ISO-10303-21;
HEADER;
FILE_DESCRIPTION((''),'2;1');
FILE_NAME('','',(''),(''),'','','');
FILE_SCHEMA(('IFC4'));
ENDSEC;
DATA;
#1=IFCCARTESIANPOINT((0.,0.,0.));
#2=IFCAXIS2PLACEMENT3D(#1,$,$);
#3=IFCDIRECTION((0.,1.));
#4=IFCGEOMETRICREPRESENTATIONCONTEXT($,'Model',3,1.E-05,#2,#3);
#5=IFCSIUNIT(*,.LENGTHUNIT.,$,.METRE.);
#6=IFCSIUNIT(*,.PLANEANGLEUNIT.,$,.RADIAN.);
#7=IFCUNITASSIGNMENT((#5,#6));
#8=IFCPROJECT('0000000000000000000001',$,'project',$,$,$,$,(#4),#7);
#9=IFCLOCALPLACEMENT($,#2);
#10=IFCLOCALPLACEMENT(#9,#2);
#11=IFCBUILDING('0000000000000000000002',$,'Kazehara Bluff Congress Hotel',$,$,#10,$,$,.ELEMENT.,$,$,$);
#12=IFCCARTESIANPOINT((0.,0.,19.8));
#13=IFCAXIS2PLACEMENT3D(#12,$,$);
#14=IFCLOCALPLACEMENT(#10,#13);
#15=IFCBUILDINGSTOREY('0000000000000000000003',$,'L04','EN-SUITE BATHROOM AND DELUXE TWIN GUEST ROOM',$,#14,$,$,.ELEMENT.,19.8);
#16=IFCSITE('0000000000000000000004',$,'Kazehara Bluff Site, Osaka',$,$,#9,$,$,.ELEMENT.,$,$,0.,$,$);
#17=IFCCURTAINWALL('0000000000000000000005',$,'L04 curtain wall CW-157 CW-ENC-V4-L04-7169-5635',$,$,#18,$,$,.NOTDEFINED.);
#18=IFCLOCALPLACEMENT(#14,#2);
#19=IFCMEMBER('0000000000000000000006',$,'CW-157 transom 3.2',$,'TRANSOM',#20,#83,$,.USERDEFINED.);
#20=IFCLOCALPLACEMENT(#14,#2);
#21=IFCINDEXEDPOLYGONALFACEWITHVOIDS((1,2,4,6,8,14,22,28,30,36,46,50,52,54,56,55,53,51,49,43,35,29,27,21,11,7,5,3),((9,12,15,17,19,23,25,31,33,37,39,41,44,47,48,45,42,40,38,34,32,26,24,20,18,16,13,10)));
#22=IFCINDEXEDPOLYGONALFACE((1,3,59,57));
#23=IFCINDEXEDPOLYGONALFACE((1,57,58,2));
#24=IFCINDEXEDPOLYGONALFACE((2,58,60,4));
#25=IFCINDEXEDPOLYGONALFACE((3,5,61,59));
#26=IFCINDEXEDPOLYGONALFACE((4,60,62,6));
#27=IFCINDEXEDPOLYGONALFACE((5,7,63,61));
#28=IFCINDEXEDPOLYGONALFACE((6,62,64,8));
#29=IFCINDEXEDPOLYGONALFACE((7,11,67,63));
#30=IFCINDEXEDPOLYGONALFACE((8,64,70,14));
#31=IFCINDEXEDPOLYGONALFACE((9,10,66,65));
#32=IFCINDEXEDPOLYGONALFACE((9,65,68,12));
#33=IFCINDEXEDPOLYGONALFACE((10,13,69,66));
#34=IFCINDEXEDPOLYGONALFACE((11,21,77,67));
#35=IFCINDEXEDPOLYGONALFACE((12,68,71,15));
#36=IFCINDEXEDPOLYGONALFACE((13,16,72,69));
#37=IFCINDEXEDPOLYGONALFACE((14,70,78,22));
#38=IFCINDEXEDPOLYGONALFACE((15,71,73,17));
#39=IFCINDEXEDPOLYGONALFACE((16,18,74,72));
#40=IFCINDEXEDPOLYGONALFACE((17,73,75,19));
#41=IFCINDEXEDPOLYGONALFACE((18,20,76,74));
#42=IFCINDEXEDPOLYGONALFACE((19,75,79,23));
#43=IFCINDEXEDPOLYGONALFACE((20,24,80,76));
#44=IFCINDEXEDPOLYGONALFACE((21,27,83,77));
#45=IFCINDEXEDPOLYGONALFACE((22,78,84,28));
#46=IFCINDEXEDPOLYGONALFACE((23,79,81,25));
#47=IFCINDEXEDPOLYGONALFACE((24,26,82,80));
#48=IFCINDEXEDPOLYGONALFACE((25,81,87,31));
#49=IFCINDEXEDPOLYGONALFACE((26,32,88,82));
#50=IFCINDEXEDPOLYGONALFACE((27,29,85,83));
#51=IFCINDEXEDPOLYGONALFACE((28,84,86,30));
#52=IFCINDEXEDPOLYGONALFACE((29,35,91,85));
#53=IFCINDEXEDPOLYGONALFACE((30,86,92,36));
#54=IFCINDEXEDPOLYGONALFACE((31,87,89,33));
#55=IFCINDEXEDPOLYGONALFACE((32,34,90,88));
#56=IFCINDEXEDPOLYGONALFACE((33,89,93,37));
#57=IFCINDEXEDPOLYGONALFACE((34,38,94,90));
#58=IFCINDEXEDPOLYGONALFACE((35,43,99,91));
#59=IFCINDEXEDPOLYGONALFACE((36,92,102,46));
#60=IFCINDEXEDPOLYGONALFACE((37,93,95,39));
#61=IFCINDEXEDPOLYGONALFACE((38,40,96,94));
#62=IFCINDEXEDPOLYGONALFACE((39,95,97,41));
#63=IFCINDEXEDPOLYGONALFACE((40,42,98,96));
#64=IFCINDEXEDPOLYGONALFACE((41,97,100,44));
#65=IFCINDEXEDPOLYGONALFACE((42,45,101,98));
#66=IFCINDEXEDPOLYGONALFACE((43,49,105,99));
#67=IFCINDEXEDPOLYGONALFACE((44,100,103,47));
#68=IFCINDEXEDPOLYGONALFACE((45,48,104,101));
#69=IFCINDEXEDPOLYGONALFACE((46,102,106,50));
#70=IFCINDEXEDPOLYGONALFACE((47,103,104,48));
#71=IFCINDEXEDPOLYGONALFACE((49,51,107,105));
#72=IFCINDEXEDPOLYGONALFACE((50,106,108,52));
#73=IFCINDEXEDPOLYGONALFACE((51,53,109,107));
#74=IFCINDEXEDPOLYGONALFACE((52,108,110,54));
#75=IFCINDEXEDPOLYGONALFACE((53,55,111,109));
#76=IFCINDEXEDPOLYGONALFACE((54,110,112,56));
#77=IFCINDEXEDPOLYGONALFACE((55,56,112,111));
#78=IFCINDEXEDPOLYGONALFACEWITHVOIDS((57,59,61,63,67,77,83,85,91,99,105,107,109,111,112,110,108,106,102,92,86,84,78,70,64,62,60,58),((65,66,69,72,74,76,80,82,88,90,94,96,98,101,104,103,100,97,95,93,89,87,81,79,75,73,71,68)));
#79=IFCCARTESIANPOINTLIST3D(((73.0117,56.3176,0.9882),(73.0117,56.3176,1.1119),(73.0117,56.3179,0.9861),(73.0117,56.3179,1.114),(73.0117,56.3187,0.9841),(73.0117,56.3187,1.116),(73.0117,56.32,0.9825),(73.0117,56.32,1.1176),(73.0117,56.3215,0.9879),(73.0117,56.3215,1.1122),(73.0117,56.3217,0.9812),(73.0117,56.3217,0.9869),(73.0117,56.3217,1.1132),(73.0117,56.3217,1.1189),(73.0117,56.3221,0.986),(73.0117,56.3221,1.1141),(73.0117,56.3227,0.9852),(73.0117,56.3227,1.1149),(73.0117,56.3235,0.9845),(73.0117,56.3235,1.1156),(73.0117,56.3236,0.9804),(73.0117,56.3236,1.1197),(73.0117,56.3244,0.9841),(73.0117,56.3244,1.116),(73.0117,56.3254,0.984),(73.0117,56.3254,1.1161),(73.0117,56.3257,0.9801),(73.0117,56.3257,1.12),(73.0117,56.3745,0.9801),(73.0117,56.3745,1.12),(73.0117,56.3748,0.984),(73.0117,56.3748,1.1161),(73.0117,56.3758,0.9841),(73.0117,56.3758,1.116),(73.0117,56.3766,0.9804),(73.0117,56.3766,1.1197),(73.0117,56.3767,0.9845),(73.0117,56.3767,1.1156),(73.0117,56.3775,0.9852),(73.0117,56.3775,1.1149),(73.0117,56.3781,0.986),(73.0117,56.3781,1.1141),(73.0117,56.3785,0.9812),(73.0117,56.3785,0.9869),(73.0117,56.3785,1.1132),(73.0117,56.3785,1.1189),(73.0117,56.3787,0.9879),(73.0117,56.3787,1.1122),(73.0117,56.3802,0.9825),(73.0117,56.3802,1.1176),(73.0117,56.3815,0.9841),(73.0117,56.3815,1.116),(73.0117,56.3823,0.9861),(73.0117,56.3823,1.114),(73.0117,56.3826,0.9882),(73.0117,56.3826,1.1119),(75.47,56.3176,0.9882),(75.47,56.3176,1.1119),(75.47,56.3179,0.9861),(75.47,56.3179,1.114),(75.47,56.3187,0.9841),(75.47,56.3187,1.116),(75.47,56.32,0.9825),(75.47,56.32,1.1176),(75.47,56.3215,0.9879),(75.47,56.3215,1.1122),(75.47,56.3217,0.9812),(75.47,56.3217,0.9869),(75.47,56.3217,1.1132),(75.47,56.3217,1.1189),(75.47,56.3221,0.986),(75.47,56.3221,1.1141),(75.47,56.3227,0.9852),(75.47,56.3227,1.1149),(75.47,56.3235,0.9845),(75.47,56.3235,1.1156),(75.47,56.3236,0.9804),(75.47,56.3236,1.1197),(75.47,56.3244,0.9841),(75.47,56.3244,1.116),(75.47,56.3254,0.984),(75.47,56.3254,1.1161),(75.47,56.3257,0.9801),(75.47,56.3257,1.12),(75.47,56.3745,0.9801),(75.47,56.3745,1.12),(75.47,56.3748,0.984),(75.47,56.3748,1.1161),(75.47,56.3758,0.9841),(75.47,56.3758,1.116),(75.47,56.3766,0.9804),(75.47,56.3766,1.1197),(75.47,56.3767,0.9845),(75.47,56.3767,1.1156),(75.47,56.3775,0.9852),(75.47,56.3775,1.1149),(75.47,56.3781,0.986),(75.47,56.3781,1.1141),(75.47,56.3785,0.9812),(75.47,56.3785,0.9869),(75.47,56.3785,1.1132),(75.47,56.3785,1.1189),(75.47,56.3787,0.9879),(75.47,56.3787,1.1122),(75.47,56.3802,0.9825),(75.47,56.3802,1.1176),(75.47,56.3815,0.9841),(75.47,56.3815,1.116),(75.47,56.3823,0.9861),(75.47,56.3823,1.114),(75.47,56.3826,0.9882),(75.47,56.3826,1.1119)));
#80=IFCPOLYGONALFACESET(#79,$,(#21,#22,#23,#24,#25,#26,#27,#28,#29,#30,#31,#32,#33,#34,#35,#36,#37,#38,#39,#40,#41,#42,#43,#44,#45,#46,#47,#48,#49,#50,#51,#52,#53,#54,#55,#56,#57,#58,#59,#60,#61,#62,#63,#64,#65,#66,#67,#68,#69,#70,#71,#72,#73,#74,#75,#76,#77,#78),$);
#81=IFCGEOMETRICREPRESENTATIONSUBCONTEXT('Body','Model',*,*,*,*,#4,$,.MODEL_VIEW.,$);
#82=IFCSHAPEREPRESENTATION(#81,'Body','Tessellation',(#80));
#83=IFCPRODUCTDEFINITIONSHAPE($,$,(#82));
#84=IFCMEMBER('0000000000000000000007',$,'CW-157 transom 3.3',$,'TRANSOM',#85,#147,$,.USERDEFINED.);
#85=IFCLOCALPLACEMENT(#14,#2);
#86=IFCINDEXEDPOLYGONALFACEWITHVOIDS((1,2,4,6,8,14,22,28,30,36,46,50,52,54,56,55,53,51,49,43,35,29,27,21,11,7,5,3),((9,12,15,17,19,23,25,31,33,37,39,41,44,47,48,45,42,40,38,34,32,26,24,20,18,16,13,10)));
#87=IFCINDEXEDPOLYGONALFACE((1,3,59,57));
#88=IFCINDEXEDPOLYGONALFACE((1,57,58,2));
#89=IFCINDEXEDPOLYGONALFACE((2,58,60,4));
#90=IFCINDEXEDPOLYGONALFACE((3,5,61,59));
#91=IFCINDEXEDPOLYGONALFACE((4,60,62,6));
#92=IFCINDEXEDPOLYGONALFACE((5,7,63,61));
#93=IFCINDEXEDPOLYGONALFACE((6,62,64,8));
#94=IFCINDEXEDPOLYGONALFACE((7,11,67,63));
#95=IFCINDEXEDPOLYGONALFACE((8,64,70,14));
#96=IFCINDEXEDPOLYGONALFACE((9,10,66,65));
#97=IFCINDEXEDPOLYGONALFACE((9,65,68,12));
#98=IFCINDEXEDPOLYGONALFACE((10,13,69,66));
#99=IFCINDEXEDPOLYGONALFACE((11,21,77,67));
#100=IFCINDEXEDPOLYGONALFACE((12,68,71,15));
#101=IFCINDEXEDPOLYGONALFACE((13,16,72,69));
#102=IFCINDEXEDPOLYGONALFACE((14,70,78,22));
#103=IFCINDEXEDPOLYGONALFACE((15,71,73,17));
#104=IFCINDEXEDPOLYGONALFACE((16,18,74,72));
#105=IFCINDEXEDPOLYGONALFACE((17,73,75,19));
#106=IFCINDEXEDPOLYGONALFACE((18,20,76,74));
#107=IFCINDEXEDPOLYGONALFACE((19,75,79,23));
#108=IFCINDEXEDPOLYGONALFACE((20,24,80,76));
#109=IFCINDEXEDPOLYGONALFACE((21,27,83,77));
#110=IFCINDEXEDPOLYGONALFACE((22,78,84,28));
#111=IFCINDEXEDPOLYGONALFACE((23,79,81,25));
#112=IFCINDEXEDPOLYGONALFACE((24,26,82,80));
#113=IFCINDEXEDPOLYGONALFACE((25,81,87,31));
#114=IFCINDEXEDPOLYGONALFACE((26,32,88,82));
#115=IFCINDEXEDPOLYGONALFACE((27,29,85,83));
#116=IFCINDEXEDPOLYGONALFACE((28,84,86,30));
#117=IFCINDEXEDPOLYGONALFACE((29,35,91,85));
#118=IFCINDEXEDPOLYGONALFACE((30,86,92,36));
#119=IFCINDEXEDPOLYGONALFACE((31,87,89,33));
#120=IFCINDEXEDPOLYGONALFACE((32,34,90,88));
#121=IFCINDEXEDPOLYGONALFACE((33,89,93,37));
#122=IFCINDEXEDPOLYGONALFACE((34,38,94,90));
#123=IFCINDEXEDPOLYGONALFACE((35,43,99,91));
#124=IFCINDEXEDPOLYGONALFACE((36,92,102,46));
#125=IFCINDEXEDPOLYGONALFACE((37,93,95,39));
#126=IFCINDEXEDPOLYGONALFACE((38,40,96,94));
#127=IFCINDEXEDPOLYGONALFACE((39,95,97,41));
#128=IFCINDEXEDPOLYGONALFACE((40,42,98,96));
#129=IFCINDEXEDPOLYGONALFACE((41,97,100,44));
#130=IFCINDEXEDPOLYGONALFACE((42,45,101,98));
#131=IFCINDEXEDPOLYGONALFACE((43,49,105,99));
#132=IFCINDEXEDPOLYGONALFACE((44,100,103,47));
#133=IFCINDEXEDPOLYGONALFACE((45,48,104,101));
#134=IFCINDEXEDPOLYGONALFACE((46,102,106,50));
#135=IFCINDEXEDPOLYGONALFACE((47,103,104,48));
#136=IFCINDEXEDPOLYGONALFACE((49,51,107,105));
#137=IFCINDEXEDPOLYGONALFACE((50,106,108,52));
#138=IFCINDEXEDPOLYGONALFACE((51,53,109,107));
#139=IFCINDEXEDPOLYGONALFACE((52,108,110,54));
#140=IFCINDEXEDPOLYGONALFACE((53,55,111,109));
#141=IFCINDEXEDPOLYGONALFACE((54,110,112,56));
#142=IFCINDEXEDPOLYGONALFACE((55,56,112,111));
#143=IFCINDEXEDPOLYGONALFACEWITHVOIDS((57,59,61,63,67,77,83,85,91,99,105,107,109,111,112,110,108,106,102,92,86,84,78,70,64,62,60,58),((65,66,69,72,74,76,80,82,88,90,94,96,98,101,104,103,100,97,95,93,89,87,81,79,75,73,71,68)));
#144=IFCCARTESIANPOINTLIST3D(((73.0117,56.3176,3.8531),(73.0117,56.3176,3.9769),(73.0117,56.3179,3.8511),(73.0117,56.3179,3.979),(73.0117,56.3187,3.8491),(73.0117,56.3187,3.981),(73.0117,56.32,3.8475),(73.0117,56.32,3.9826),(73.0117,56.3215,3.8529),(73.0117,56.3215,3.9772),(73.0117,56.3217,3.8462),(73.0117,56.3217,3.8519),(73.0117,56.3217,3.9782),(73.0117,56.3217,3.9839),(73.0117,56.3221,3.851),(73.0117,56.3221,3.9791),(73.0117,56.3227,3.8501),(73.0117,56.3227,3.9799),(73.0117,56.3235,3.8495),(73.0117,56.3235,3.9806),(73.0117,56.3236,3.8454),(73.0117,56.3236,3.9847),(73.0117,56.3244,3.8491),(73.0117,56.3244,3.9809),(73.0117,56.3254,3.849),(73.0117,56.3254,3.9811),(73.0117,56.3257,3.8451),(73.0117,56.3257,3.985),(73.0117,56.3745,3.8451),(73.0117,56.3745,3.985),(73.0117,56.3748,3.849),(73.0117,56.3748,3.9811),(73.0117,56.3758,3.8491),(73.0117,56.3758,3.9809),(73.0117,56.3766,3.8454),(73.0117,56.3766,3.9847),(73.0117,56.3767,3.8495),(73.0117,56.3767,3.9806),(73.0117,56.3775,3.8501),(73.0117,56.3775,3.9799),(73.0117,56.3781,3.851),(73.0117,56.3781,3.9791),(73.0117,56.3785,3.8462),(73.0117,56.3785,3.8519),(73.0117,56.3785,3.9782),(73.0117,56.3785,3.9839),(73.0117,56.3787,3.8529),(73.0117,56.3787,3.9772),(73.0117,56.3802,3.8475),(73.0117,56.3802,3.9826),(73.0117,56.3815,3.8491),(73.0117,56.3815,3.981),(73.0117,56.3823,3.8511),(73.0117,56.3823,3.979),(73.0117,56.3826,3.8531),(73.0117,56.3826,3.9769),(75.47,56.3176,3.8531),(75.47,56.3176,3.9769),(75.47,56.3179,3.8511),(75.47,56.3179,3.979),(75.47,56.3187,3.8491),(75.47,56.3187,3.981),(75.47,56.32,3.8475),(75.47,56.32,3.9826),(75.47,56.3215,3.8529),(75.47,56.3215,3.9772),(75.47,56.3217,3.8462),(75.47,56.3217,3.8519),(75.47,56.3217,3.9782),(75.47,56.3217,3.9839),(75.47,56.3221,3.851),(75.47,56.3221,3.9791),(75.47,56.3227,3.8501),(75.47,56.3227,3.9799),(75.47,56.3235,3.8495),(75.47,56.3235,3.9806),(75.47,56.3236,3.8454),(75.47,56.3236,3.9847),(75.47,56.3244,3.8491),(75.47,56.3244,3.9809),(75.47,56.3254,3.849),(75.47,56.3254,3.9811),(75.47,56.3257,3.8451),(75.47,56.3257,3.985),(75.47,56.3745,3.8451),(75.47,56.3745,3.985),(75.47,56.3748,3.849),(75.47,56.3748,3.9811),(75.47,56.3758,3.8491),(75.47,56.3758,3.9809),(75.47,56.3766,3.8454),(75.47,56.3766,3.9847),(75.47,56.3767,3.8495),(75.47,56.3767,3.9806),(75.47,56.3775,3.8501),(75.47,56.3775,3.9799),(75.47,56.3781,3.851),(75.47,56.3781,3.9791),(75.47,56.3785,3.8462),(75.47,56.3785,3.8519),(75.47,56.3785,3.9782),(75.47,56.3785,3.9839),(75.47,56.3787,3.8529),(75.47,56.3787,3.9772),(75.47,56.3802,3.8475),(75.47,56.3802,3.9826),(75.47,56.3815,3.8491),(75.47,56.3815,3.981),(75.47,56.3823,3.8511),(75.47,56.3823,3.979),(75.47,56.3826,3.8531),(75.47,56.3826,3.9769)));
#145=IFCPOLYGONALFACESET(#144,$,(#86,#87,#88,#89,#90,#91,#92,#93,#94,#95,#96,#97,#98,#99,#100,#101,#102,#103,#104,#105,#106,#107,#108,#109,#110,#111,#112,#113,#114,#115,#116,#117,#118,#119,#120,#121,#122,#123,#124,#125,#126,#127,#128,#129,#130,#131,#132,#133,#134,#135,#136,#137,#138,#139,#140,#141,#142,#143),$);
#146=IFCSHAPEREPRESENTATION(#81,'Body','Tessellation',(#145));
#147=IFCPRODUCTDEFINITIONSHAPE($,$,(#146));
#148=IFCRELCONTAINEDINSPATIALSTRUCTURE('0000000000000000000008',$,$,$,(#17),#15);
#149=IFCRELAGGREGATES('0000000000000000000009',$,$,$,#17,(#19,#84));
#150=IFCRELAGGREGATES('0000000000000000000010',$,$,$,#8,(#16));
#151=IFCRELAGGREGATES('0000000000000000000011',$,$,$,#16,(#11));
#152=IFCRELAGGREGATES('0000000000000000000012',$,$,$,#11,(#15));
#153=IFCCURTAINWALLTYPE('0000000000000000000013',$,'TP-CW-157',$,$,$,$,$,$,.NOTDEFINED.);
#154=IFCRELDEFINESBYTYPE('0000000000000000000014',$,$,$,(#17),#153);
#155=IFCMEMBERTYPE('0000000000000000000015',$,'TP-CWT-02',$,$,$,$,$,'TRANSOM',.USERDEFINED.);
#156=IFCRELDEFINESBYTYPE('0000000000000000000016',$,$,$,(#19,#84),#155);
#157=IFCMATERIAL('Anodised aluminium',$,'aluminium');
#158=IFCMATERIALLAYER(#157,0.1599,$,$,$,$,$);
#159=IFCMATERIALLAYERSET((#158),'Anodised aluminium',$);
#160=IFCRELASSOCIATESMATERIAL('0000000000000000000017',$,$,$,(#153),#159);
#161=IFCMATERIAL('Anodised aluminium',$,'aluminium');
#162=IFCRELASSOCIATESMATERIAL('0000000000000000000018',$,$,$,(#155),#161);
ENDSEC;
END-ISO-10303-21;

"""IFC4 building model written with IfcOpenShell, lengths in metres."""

from ifc_helpers import new_model, si_unit, direction, frame, origin, origin_2d, place, context, subcontext, project, spatial, hollow_rectangle, extrude, material, layer, layer_set, material_profile, profile_set, type_object, element, aggregate, save


model = new_model("IFC4")

# Units and contexts
model_context = context("Model", 3, precision=1e-05, world=origin(), true_north=direction((0.0, 1.0)))
body_context = subcontext(model_context, "Body", "Model", "MODEL_VIEW")
ifc_project = project(units=[si_unit("LENGTHUNIT", "METRE"), si_unit("PLANEANGLEUNIT", "RADIAN")], contexts=[model_context])

# Site, building, storey
site_placement = place(None, origin())
site = spatial("IfcSite", under=ifc_project, at=site_placement, Name="Kazehara Bluff Site, Osaka", CompositionType="ELEMENT", RefElevation=0.0)
building_placement = place(site_placement, origin())
building = spatial("IfcBuilding", under=site, at=building_placement, Name="Kazehara Bluff Congress Hotel", CompositionType="ELEMENT")
storey_placement = place(building_placement, frame((0.0, 0.0, 19.8)))
storey = spatial("IfcBuildingStorey", under=building, at=storey_placement, Name="L04", Description="EN-SUITE BATHROOM AND DELUXE TWIN GUEST ROOM", CompositionType="ELEMENT", Elevation=19.8)

# Curtain wall, members
ifc_material_1 = material(Name="Anodised aluminium", Category="aluminium")
ifc_layer_1 = layer(ifc_material_1, 0.1599)
ifc_layer_set_1 = layer_set([ifc_layer_1], Name="Anodised aluminium")
curtain_wall_type_1 = type_object("IfcCurtainWallType", Name="TP-CW-157", PredefinedType="NOTDEFINED", material=ifc_layer_set_1)
curtain_wall_1_placement = place(storey_placement, origin())
curtain_wall_1 = element("IfcCurtainWall", 1, at=curtain_wall_1_placement, inside=storey, type_object=curtain_wall_type_1, Name="L04 curtain wall CW-157 CW-ENC-V4-L04-7169-5635", PredefinedType="NOTDEFINED")
ifc_material_2 = material(Name="Anodised aluminium", Category="aluminium")
ifc_material_profile_1 = material_profile(ifc_material_2, hollow_rectangle(XDim=0.0649, YDim=0.1399, WallThickness=0.0039, InnerFilletRadius=0.0039, OuterFilletRadius=0.0081, at=origin_2d()))
ifc_profile_set_1 = profile_set([ifc_material_profile_1], Name="Anodised aluminium")
member_type_1 = type_object("IfcMemberType", Name="TP-CWT-02", ElementType="TRANSOM", PredefinedType="USERDEFINED", material=ifc_profile_set_1)
member_1_placement = place(storey_placement, frame((73.0117, 56.3501, 1.05), z_axis=(1.0, 0.0, 0.0), x_axis=(0.0, 1.0, 0.0)))
member_1 = element("IfcMember", 2, at=member_1_placement, type_object=member_type_1, Name="CW-157 transom 3.2", ObjectType="TRANSOM", PredefinedType="USERDEFINED", context=body_context, shape_type="SweptSolid", body=[
    extrude(hollow_rectangle(XDim=0.0649, YDim=0.1399, WallThickness=0.0039, InnerFilletRadius=0.0039, OuterFilletRadius=0.0081, at=origin_2d()), origin(), (0.0, 0.0, 1.0), 2.4583),
])
member_2_placement = place(storey_placement, frame((73.0117, 56.3501, 3.915), z_axis=(1.0, 0.0, 0.0), x_axis=(0.0, 1.0, 0.0)))
member_2 = element("IfcMember", 3, at=member_2_placement, type_object=member_type_1, Name="CW-157 transom 3.3", ObjectType="TRANSOM", PredefinedType="USERDEFINED", context=body_context, shape_type="SweptSolid", body=[
    extrude(hollow_rectangle(XDim=0.0649, YDim=0.1399, WallThickness=0.0039, InnerFilletRadius=0.0039, OuterFilletRadius=0.0081, at=origin_2d()), origin(), (0.0, 0.0, 1.0), 2.4583),
])

aggregate(curtain_wall_1, [member_1, member_2])

save(model, "model.ifc")
